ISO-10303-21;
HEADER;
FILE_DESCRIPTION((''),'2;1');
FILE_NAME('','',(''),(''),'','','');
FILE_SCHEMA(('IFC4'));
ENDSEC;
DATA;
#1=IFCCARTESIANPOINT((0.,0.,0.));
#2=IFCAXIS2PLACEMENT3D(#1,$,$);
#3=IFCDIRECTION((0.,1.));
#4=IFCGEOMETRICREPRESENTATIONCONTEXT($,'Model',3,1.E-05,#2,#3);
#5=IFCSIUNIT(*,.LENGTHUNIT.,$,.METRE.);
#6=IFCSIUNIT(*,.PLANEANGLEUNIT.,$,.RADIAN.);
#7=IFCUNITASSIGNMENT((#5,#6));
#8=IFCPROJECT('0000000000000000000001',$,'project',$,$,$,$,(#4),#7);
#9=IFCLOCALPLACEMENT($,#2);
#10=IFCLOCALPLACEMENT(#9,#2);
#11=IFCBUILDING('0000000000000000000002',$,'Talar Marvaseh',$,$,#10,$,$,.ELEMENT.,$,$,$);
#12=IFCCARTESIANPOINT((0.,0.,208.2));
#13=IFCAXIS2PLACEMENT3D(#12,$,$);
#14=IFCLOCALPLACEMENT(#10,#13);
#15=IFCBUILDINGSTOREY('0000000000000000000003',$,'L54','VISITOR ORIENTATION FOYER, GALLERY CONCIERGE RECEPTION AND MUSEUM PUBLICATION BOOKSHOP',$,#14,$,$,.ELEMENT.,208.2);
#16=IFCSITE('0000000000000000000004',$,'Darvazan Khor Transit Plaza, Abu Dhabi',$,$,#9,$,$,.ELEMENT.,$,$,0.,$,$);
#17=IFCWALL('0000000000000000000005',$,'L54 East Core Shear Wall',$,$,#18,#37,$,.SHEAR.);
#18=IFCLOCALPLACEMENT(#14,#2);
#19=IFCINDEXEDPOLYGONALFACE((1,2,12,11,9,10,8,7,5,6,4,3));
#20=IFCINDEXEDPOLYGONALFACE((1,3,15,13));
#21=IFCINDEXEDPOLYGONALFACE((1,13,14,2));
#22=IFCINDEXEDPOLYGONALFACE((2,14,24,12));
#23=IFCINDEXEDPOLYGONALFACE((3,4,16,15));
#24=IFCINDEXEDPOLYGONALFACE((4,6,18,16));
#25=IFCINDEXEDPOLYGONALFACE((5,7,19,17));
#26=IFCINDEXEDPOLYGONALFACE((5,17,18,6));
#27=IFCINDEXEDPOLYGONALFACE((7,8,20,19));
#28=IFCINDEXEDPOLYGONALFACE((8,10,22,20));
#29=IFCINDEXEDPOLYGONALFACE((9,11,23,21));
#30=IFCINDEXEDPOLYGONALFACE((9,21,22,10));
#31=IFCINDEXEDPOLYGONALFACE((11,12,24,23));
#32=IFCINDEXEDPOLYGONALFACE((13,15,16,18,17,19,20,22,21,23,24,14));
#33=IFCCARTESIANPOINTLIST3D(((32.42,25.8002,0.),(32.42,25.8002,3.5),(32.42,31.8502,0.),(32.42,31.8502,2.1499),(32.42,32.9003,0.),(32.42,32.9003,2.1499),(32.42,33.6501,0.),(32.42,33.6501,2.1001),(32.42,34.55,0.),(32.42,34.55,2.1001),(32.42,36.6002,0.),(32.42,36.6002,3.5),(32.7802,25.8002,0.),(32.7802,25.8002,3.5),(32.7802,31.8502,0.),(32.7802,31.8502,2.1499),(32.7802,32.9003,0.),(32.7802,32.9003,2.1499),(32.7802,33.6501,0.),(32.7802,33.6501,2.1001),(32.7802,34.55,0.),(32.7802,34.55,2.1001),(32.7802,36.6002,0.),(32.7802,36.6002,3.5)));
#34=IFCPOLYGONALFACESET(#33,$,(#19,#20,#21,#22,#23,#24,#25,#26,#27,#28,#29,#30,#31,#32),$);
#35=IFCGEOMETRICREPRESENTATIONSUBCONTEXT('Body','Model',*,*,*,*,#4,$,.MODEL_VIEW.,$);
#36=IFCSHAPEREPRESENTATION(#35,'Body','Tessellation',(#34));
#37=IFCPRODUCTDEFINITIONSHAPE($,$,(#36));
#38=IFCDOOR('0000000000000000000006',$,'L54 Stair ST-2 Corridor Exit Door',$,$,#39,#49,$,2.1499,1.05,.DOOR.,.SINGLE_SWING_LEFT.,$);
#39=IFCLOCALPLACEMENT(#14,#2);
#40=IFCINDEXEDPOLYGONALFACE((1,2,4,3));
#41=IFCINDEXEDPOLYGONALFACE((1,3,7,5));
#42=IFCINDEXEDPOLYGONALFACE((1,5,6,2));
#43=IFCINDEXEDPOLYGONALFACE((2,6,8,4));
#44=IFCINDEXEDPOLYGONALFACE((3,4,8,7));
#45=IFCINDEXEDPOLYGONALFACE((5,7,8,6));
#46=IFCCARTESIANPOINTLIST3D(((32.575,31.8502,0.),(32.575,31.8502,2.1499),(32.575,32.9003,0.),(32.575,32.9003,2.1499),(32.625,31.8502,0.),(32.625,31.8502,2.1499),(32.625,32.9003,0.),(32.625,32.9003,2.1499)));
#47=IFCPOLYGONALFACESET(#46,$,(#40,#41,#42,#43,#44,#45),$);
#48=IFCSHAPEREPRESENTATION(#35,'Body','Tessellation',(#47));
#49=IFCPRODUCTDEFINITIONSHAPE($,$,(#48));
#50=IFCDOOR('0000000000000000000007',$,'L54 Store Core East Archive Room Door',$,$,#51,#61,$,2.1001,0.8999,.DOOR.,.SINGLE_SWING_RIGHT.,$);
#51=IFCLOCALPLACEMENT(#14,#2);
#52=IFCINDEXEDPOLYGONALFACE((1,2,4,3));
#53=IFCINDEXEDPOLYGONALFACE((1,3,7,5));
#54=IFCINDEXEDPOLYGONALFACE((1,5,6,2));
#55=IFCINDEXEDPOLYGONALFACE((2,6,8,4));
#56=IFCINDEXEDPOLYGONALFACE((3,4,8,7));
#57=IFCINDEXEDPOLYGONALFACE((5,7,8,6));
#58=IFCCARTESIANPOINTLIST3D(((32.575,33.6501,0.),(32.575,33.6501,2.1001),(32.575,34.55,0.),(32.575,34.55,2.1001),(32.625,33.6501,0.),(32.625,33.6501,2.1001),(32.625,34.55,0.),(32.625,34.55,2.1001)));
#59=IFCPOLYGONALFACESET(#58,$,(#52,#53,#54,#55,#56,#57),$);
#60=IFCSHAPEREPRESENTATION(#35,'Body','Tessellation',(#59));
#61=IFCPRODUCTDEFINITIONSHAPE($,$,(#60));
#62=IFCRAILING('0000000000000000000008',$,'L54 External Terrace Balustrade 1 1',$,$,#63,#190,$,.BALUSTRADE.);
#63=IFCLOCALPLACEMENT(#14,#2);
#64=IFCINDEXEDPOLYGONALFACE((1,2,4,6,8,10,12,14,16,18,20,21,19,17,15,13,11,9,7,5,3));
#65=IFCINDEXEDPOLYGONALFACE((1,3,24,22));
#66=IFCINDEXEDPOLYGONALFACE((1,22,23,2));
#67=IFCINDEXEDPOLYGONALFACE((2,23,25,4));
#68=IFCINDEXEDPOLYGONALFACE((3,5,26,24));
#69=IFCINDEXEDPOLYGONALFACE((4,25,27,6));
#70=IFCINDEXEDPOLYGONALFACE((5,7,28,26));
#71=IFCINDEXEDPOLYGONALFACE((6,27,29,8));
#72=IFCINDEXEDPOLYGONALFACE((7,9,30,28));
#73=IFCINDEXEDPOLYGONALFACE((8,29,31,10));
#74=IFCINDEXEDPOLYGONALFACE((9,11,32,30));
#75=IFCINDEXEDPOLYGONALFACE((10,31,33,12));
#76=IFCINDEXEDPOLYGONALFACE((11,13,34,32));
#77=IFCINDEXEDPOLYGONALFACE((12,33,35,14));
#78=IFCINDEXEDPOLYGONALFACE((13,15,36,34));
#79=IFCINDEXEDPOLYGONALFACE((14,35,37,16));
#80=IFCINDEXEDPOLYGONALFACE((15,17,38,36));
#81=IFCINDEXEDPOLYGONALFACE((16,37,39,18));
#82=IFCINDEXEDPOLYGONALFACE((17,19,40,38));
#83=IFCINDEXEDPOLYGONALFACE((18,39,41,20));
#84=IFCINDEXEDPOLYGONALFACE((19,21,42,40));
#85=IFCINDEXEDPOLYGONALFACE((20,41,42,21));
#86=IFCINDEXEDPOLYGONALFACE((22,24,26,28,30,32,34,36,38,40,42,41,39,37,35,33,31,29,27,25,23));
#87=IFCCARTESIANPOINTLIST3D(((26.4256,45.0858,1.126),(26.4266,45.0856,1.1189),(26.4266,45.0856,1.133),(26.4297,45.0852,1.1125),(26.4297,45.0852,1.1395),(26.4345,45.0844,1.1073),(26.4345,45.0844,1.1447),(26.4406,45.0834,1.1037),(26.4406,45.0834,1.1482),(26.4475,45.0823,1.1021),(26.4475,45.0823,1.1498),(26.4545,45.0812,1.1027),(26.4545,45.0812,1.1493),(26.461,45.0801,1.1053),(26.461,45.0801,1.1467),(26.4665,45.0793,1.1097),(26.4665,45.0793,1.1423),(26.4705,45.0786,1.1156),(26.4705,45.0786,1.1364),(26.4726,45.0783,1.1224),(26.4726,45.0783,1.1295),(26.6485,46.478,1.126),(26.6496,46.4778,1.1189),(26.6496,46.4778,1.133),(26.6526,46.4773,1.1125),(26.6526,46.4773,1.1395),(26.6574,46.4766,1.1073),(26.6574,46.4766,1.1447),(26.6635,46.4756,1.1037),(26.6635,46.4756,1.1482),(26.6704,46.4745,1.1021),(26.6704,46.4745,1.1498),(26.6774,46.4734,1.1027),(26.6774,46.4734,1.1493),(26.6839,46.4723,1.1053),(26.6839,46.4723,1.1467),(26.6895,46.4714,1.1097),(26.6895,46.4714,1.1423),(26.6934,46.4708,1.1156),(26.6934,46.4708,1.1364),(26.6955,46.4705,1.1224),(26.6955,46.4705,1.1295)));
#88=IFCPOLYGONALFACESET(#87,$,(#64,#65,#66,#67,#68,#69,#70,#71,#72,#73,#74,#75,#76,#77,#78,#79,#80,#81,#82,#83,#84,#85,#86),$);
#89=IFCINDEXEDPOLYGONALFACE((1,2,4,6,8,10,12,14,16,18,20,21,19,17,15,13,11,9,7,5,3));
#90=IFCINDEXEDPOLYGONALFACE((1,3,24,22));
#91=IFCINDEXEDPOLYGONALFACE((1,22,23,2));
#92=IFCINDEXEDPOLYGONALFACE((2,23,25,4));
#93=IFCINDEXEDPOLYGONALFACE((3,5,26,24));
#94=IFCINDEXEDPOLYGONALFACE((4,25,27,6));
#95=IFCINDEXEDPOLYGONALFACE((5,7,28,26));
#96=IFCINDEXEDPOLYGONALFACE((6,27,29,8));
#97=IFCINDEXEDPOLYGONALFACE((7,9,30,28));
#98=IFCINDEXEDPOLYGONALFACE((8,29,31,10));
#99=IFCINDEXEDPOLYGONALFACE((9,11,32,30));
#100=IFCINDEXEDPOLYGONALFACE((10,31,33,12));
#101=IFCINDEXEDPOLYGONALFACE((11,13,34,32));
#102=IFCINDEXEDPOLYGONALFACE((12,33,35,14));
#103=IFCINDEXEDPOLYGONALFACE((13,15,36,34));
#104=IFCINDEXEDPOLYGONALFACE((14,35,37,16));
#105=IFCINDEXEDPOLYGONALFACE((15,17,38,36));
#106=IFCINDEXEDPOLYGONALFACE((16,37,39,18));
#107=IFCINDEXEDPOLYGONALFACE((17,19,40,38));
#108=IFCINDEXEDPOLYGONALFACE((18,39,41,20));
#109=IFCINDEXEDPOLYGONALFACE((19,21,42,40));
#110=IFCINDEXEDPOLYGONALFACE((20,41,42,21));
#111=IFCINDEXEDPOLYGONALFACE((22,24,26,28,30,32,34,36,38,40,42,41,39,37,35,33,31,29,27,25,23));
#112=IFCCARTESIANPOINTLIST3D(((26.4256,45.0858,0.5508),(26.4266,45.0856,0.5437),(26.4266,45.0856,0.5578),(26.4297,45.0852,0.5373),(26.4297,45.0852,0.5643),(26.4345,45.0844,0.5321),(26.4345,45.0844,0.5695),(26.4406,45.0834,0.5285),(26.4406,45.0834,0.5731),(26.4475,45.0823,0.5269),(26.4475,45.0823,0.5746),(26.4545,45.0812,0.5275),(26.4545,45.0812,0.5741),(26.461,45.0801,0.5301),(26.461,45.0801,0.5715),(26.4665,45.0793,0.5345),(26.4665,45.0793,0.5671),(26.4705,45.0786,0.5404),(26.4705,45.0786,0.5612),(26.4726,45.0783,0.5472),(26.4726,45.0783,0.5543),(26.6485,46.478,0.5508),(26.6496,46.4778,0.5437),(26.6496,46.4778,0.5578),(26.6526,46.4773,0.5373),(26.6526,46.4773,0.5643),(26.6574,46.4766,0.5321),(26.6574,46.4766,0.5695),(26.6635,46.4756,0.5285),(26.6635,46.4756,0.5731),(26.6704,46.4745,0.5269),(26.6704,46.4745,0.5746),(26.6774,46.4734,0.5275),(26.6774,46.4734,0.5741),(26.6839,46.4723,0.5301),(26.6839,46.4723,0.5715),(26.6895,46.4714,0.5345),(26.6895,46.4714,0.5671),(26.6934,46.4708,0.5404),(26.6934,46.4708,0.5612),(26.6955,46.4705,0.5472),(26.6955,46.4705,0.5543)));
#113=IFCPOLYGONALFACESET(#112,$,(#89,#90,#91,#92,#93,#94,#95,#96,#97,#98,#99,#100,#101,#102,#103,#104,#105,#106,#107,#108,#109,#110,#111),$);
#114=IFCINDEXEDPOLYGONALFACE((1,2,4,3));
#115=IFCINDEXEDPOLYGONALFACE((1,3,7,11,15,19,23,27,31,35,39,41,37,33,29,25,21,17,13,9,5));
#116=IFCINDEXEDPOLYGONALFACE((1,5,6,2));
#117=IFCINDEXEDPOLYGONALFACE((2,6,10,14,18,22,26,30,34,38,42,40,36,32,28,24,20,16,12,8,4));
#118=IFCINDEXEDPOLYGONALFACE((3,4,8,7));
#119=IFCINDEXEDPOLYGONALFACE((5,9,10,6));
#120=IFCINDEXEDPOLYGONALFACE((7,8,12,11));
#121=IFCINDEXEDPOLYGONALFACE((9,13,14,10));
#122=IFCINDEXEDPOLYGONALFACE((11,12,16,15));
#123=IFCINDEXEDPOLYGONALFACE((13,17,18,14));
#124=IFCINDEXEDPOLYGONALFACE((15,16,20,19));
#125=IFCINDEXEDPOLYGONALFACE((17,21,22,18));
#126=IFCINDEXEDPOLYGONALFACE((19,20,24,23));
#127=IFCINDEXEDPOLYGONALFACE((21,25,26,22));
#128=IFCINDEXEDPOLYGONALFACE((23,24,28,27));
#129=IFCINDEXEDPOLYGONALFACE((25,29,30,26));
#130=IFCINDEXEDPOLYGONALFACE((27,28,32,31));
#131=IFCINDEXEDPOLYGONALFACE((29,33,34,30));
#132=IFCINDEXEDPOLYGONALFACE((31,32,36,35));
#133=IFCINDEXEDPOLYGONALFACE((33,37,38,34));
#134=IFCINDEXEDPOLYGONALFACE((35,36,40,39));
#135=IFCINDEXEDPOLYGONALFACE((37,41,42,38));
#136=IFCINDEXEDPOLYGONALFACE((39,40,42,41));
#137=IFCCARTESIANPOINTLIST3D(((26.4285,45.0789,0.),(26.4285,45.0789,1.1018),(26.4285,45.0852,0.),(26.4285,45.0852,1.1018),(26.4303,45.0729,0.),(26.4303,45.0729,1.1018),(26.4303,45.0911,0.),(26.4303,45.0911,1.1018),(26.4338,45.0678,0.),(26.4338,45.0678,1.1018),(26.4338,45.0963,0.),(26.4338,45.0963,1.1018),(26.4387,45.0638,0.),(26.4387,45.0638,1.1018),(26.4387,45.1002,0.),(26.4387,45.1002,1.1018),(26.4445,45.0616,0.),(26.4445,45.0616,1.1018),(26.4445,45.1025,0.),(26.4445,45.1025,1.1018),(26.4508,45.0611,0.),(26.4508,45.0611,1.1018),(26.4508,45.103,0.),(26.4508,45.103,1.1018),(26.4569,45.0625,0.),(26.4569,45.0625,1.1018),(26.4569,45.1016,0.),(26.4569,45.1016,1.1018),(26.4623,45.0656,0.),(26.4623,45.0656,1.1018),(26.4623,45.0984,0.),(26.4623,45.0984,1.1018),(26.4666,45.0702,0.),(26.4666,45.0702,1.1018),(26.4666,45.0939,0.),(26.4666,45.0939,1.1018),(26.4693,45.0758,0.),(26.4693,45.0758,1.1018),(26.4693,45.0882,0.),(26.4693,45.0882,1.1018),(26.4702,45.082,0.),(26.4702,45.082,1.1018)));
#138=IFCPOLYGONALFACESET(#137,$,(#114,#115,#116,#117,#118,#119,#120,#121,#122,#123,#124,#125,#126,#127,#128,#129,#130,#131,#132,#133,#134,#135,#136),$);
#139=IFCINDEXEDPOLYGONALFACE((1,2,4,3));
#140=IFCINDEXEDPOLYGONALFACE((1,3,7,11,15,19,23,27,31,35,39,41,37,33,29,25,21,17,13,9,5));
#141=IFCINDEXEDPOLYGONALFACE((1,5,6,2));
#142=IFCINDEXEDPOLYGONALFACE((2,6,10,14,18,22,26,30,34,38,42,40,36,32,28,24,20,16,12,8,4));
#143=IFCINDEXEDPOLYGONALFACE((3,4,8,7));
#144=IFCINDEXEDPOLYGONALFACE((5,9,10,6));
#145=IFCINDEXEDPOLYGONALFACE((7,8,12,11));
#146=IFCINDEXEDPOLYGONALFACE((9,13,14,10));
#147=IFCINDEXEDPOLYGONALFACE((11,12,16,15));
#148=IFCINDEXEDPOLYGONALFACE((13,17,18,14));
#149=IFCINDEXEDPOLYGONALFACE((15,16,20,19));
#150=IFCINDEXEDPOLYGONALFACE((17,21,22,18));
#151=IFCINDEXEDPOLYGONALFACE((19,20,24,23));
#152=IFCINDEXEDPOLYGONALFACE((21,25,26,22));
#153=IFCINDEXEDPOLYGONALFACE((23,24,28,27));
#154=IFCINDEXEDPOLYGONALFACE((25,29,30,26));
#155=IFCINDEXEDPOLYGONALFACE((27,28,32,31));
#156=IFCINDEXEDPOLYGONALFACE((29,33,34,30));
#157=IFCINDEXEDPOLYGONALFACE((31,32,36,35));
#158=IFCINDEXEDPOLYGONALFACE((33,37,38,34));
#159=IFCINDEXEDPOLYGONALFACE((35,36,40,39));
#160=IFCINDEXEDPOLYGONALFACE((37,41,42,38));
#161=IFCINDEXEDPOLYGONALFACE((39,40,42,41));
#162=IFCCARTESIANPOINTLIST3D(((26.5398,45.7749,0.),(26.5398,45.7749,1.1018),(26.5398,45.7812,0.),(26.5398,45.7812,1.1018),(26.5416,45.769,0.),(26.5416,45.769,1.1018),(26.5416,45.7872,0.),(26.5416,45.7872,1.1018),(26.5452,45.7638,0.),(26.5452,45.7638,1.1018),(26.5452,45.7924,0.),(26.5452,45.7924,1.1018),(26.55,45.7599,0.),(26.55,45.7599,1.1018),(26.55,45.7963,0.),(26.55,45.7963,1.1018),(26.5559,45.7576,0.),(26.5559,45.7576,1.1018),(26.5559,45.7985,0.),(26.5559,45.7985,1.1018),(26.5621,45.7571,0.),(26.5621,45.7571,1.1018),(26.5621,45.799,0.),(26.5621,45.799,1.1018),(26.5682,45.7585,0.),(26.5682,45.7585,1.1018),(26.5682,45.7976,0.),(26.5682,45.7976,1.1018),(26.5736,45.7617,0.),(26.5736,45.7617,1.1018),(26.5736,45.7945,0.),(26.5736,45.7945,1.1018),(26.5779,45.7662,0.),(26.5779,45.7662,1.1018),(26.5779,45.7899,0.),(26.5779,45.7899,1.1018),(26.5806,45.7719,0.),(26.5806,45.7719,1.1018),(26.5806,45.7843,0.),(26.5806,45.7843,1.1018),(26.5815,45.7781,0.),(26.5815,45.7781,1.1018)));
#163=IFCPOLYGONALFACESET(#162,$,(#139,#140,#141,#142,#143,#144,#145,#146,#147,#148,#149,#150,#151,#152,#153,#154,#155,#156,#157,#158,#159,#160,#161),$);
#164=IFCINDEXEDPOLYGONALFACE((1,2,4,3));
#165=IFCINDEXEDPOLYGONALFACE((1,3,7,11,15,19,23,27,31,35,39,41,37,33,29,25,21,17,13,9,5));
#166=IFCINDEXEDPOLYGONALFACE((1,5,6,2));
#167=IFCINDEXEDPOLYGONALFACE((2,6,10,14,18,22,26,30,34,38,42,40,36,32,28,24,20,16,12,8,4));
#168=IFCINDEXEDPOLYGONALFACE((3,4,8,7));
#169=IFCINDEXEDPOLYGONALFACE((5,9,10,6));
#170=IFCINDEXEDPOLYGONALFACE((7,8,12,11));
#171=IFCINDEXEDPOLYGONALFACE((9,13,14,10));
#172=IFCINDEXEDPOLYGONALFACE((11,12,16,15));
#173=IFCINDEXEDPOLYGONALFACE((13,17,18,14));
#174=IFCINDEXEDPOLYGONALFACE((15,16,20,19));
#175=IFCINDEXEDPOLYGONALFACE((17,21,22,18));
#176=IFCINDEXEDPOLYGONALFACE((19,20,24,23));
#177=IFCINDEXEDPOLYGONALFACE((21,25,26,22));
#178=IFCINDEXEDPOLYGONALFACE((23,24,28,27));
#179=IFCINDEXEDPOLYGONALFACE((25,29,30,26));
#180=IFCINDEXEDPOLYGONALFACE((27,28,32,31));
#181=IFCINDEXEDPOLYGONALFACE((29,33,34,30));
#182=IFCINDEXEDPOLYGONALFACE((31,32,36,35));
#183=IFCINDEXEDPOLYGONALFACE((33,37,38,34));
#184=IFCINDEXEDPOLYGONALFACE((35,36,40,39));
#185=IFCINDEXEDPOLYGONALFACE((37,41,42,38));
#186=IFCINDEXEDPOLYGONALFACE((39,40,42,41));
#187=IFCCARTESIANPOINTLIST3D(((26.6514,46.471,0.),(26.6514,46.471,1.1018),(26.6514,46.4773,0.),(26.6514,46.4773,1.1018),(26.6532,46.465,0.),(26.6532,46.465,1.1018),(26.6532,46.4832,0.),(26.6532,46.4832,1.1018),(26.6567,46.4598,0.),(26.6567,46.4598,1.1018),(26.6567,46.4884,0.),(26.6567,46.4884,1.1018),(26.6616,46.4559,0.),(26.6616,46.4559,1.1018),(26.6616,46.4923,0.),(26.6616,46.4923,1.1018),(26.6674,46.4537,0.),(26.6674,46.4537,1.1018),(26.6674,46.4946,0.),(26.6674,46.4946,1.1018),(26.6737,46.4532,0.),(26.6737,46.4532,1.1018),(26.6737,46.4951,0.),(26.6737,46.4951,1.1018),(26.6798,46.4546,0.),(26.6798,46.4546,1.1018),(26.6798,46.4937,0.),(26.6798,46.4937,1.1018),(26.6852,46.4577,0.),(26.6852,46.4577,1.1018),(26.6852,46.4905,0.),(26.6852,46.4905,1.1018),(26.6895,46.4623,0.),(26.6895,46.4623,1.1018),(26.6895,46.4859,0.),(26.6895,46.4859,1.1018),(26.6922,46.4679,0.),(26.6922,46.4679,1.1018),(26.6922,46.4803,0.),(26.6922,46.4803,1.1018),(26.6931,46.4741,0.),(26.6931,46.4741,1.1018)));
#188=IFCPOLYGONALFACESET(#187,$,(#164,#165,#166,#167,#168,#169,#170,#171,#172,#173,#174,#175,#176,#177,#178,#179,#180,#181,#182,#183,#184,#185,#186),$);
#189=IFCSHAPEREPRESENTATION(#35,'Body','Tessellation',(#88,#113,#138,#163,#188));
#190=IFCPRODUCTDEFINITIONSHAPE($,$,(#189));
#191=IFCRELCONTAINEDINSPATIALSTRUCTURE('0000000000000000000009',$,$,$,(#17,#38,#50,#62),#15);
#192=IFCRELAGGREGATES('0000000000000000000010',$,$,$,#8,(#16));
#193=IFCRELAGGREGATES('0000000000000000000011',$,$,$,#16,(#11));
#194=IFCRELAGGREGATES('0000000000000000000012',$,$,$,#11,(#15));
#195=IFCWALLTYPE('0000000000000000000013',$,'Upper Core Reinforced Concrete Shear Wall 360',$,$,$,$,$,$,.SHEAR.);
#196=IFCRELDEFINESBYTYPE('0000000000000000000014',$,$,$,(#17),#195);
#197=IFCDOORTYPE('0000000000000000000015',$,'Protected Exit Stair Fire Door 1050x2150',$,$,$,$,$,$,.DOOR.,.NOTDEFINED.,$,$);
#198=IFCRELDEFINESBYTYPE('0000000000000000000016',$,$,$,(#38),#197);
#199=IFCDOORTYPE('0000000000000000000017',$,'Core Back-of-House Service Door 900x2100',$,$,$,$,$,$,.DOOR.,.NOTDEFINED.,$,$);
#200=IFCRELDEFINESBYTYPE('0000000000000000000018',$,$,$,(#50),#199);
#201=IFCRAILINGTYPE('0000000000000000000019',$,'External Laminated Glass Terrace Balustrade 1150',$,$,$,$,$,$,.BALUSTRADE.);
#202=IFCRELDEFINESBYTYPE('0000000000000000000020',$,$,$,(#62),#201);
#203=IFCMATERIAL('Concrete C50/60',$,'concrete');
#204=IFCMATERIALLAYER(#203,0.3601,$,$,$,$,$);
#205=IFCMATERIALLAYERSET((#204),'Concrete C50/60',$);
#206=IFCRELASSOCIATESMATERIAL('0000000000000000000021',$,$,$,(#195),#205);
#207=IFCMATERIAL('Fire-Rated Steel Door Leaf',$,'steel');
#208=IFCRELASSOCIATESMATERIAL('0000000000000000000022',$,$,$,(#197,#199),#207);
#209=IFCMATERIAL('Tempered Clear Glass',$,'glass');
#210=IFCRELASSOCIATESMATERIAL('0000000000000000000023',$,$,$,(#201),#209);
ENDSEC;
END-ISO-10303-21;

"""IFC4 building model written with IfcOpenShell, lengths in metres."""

from ifc_helpers import new_model, si_unit, direction, frame, frame_2d, origin, origin_2d, place, context, subcontext, project, spatial, rectangle, circle, extrude, source, transform, mapped, material, layer, layer_set, type_object, type_shapes, element, fill, save


model = new_model("IFC4")

# Units and contexts
model_context = context("Model", 3, precision=1e-05, world=origin(), true_north=direction((0.0, 1.0)))
body_context = subcontext(model_context, "Body", "Model", "MODEL_VIEW")
ifc_project = project(units=[si_unit("LENGTHUNIT", "METRE"), si_unit("PLANEANGLEUNIT", "RADIAN")], contexts=[model_context])

# Site, building, storey
site_placement = place(None, origin())
site = spatial("IfcSite", under=ifc_project, at=site_placement, Name="Darvazan Khor Transit Plaza, Abu Dhabi", CompositionType="ELEMENT", RefElevation=0.0)
building_placement = place(site_placement, origin())
building = spatial("IfcBuilding", under=site, at=building_placement, Name="Talar Marvaseh", CompositionType="ELEMENT")
storey_placement = place(building_placement, frame((0.0, 0.0, 208.2)))
storey = spatial("IfcBuildingStorey", under=building, at=storey_placement, Name="L54", Description="VISITOR ORIENTATION FOYER, GALLERY CONCIERGE RECEPTION AND MUSEUM PUBLICATION BOOKSHOP", CompositionType="ELEMENT", Elevation=208.2)

# Wall, openings, doors
ifc_material_1 = material(Name="Concrete C50/60", Category="concrete")
ifc_layer_1 = layer(ifc_material_1, 0.3601)
ifc_layer_set_1 = layer_set([ifc_layer_1], Name="Concrete C50/60")
wall_type_1 = type_object("IfcWallType", Name="Upper Core Reinforced Concrete Shear Wall 360", PredefinedType="SHEAR", material=ifc_layer_set_1)
wall_1_placement = place(storey_placement, frame((32.6001, 36.6001, 0.0), z_axis=(0.0, 0.0, 1.0), x_axis=(0.0, -1.0, 0.0)))
wall_1 = element("IfcWall", 1, at=wall_1_placement, inside=storey, type_object=wall_type_1, Name="L54 East Core Shear Wall", PredefinedType="SHEAR", context=body_context, shape_type="SweptSolid", body=[
    extrude(rectangle(XDim=10.8, YDim=0.3601, at=frame_2d((5.3999, 0.0))), origin(), (0.0, 0.0, 1.0), 3.5),
])
opening_1_placement = place(wall_1_placement, frame((3.7, 0.0, 0.0)))
opening_1 = element("IfcOpeningElement", 2, at=opening_1_placement, cuts=wall_1, PredefinedType="OPENING", context=body_context, shape_type="SweptSolid", body=[
    extrude(rectangle(XDim=1.05, YDim=2.1499, at=frame_2d((0.5249, 1.075))), frame((0.0, 0.1899, 0.0), z_axis=(0.0, -1.0, 0.0), x_axis=(1.0, 0.0, 0.0)), (0.0, 0.0, 1.0), 0.3801),
])
opening_2_placement = place(wall_1_placement, frame((2.05, 0.0, 0.0)))
opening_2 = element("IfcOpeningElement", 3, at=opening_2_placement, cuts=wall_1, PredefinedType="OPENING", context=body_context, shape_type="SweptSolid", body=[
    extrude(rectangle(XDim=0.8999, YDim=2.1001, at=frame_2d((0.45, 1.05))), frame((0.0, 0.1899, 0.0), z_axis=(0.0, -1.0, 0.0), x_axis=(1.0, 0.0, 0.0)), (0.0, 0.0, 1.0), 0.3801),
])
ifc_material_2 = material(Name="Fire-Rated Steel Door Leaf", Category="steel")
door_type_1 = type_object("IfcDoorType", Name="Protected Exit Stair Fire Door 1050x2150", OperationType="NOTDEFINED", PredefinedType="DOOR", material=ifc_material_2)
shared_shape_1 = source(origin(), body_context, "Body", "SweptSolid", [
    extrude(rectangle(XDim=1.05, YDim=2.1499, at=frame_2d((0.5249, 1.075))), frame((0.0, 0.0249, 0.0), z_axis=(0.0, -1.0, 0.0), x_axis=(1.0, 0.0, 0.0)), (0.0, 0.0, 1.0), 0.05),
])
type_shapes(door_type_1, [shared_shape_1])
door_1_placement = place(opening_1_placement, origin())
door_1 = element("IfcDoor", 4, at=door_1_placement, inside=storey, type_object=door_type_1, Name="L54 Stair ST-2 Corridor Exit Door", OperationType="SINGLE_SWING_LEFT", OverallHeight=2.1499, OverallWidth=1.05, PredefinedType="DOOR", context=body_context, shape_type="MappedRepresentation", body=[
    mapped(shared_shape_1, transform((0.0, 0.0, 0.0), x_axis=(1.0, 0.0, 0.0), y_axis=(0.0, 1.0, 0.0), z_axis=(0.0, 0.0, 1.0), scale=1.0)),
])
fill(opening_1, door_1)
door_type_2 = type_object("IfcDoorType", Name="Core Back-of-House Service Door 900x2100", OperationType="NOTDEFINED", PredefinedType="DOOR", material=ifc_material_2)
shared_shape_2 = source(origin(), body_context, "Body", "SweptSolid", [
    extrude(rectangle(XDim=0.8999, YDim=2.1001, at=frame_2d((0.45, 1.05))), frame((0.0, 0.0249, 0.0), z_axis=(0.0, -1.0, 0.0), x_axis=(1.0, 0.0, 0.0)), (0.0, 0.0, 1.0), 0.05),
])
type_shapes(door_type_2, [shared_shape_2])
door_2_placement = place(opening_2_placement, origin())
door_2 = element("IfcDoor", 5, at=door_2_placement, inside=storey, type_object=door_type_2, Name="L54 Store Core East Archive Room Door", OperationType="SINGLE_SWING_RIGHT", OverallHeight=2.1001, OverallWidth=0.8999, PredefinedType="DOOR", context=body_context, shape_type="MappedRepresentation", body=[
    mapped(shared_shape_2, transform((0.0, 0.0, 0.0), x_axis=(1.0, 0.0, 0.0), y_axis=(0.0, 1.0, 0.0), z_axis=(0.0, 0.0, 1.0), scale=1.0)),
])
fill(opening_2, door_2)

# Railing
ifc_material_3 = material(Name="Tempered Clear Glass", Category="glass")
railing_type = type_object("IfcRailingType", Name="External Laminated Glass Terrace Balustrade 1150", PredefinedType="BALUSTRADE", material=ifc_material_3)
railing_1_placement = place(storey_placement, frame((26.4492, 45.082, 0.0)))
element("IfcRailing", 6, at=railing_1_placement, inside=storey, type_object=railing_type, Name="L54 External Terrace Balustrade 1 1", PredefinedType="BALUSTRADE", context=body_context, shape_type="SweptSolid", body=[
    extrude(circle(Radius=0.0239, at=origin_2d()), frame((0.0, 0.0, 1.126), z_axis=(0.158105, 0.987422, 0.0), x_axis=(-0.987422, 0.158105, 0.0)), (0.0, 0.0, 1.0), 1.4099),
    extrude(circle(Radius=0.0239, at=origin_2d()), frame((0.0, 0.0, 0.5508), z_axis=(0.158105, 0.987422, 0.0), x_axis=(-0.987422, 0.158105, 0.0)), (0.0, 0.0, 1.0), 1.4099),
    extrude(circle(Radius=0.021, at=origin_2d()), origin(), (0.0, 0.0, 1.0), 1.1018),
    extrude(circle(Radius=0.021, at=origin_2d()), frame((0.1113, 0.696, 0.0)), (0.0, 0.0, 1.0), 1.1018),
    extrude(circle(Radius=0.021, at=origin_2d()), frame((0.2229, 1.3921, 0.0)), (0.0, 0.0, 1.0), 1.1018),
])

save(model, "model.ifc")
